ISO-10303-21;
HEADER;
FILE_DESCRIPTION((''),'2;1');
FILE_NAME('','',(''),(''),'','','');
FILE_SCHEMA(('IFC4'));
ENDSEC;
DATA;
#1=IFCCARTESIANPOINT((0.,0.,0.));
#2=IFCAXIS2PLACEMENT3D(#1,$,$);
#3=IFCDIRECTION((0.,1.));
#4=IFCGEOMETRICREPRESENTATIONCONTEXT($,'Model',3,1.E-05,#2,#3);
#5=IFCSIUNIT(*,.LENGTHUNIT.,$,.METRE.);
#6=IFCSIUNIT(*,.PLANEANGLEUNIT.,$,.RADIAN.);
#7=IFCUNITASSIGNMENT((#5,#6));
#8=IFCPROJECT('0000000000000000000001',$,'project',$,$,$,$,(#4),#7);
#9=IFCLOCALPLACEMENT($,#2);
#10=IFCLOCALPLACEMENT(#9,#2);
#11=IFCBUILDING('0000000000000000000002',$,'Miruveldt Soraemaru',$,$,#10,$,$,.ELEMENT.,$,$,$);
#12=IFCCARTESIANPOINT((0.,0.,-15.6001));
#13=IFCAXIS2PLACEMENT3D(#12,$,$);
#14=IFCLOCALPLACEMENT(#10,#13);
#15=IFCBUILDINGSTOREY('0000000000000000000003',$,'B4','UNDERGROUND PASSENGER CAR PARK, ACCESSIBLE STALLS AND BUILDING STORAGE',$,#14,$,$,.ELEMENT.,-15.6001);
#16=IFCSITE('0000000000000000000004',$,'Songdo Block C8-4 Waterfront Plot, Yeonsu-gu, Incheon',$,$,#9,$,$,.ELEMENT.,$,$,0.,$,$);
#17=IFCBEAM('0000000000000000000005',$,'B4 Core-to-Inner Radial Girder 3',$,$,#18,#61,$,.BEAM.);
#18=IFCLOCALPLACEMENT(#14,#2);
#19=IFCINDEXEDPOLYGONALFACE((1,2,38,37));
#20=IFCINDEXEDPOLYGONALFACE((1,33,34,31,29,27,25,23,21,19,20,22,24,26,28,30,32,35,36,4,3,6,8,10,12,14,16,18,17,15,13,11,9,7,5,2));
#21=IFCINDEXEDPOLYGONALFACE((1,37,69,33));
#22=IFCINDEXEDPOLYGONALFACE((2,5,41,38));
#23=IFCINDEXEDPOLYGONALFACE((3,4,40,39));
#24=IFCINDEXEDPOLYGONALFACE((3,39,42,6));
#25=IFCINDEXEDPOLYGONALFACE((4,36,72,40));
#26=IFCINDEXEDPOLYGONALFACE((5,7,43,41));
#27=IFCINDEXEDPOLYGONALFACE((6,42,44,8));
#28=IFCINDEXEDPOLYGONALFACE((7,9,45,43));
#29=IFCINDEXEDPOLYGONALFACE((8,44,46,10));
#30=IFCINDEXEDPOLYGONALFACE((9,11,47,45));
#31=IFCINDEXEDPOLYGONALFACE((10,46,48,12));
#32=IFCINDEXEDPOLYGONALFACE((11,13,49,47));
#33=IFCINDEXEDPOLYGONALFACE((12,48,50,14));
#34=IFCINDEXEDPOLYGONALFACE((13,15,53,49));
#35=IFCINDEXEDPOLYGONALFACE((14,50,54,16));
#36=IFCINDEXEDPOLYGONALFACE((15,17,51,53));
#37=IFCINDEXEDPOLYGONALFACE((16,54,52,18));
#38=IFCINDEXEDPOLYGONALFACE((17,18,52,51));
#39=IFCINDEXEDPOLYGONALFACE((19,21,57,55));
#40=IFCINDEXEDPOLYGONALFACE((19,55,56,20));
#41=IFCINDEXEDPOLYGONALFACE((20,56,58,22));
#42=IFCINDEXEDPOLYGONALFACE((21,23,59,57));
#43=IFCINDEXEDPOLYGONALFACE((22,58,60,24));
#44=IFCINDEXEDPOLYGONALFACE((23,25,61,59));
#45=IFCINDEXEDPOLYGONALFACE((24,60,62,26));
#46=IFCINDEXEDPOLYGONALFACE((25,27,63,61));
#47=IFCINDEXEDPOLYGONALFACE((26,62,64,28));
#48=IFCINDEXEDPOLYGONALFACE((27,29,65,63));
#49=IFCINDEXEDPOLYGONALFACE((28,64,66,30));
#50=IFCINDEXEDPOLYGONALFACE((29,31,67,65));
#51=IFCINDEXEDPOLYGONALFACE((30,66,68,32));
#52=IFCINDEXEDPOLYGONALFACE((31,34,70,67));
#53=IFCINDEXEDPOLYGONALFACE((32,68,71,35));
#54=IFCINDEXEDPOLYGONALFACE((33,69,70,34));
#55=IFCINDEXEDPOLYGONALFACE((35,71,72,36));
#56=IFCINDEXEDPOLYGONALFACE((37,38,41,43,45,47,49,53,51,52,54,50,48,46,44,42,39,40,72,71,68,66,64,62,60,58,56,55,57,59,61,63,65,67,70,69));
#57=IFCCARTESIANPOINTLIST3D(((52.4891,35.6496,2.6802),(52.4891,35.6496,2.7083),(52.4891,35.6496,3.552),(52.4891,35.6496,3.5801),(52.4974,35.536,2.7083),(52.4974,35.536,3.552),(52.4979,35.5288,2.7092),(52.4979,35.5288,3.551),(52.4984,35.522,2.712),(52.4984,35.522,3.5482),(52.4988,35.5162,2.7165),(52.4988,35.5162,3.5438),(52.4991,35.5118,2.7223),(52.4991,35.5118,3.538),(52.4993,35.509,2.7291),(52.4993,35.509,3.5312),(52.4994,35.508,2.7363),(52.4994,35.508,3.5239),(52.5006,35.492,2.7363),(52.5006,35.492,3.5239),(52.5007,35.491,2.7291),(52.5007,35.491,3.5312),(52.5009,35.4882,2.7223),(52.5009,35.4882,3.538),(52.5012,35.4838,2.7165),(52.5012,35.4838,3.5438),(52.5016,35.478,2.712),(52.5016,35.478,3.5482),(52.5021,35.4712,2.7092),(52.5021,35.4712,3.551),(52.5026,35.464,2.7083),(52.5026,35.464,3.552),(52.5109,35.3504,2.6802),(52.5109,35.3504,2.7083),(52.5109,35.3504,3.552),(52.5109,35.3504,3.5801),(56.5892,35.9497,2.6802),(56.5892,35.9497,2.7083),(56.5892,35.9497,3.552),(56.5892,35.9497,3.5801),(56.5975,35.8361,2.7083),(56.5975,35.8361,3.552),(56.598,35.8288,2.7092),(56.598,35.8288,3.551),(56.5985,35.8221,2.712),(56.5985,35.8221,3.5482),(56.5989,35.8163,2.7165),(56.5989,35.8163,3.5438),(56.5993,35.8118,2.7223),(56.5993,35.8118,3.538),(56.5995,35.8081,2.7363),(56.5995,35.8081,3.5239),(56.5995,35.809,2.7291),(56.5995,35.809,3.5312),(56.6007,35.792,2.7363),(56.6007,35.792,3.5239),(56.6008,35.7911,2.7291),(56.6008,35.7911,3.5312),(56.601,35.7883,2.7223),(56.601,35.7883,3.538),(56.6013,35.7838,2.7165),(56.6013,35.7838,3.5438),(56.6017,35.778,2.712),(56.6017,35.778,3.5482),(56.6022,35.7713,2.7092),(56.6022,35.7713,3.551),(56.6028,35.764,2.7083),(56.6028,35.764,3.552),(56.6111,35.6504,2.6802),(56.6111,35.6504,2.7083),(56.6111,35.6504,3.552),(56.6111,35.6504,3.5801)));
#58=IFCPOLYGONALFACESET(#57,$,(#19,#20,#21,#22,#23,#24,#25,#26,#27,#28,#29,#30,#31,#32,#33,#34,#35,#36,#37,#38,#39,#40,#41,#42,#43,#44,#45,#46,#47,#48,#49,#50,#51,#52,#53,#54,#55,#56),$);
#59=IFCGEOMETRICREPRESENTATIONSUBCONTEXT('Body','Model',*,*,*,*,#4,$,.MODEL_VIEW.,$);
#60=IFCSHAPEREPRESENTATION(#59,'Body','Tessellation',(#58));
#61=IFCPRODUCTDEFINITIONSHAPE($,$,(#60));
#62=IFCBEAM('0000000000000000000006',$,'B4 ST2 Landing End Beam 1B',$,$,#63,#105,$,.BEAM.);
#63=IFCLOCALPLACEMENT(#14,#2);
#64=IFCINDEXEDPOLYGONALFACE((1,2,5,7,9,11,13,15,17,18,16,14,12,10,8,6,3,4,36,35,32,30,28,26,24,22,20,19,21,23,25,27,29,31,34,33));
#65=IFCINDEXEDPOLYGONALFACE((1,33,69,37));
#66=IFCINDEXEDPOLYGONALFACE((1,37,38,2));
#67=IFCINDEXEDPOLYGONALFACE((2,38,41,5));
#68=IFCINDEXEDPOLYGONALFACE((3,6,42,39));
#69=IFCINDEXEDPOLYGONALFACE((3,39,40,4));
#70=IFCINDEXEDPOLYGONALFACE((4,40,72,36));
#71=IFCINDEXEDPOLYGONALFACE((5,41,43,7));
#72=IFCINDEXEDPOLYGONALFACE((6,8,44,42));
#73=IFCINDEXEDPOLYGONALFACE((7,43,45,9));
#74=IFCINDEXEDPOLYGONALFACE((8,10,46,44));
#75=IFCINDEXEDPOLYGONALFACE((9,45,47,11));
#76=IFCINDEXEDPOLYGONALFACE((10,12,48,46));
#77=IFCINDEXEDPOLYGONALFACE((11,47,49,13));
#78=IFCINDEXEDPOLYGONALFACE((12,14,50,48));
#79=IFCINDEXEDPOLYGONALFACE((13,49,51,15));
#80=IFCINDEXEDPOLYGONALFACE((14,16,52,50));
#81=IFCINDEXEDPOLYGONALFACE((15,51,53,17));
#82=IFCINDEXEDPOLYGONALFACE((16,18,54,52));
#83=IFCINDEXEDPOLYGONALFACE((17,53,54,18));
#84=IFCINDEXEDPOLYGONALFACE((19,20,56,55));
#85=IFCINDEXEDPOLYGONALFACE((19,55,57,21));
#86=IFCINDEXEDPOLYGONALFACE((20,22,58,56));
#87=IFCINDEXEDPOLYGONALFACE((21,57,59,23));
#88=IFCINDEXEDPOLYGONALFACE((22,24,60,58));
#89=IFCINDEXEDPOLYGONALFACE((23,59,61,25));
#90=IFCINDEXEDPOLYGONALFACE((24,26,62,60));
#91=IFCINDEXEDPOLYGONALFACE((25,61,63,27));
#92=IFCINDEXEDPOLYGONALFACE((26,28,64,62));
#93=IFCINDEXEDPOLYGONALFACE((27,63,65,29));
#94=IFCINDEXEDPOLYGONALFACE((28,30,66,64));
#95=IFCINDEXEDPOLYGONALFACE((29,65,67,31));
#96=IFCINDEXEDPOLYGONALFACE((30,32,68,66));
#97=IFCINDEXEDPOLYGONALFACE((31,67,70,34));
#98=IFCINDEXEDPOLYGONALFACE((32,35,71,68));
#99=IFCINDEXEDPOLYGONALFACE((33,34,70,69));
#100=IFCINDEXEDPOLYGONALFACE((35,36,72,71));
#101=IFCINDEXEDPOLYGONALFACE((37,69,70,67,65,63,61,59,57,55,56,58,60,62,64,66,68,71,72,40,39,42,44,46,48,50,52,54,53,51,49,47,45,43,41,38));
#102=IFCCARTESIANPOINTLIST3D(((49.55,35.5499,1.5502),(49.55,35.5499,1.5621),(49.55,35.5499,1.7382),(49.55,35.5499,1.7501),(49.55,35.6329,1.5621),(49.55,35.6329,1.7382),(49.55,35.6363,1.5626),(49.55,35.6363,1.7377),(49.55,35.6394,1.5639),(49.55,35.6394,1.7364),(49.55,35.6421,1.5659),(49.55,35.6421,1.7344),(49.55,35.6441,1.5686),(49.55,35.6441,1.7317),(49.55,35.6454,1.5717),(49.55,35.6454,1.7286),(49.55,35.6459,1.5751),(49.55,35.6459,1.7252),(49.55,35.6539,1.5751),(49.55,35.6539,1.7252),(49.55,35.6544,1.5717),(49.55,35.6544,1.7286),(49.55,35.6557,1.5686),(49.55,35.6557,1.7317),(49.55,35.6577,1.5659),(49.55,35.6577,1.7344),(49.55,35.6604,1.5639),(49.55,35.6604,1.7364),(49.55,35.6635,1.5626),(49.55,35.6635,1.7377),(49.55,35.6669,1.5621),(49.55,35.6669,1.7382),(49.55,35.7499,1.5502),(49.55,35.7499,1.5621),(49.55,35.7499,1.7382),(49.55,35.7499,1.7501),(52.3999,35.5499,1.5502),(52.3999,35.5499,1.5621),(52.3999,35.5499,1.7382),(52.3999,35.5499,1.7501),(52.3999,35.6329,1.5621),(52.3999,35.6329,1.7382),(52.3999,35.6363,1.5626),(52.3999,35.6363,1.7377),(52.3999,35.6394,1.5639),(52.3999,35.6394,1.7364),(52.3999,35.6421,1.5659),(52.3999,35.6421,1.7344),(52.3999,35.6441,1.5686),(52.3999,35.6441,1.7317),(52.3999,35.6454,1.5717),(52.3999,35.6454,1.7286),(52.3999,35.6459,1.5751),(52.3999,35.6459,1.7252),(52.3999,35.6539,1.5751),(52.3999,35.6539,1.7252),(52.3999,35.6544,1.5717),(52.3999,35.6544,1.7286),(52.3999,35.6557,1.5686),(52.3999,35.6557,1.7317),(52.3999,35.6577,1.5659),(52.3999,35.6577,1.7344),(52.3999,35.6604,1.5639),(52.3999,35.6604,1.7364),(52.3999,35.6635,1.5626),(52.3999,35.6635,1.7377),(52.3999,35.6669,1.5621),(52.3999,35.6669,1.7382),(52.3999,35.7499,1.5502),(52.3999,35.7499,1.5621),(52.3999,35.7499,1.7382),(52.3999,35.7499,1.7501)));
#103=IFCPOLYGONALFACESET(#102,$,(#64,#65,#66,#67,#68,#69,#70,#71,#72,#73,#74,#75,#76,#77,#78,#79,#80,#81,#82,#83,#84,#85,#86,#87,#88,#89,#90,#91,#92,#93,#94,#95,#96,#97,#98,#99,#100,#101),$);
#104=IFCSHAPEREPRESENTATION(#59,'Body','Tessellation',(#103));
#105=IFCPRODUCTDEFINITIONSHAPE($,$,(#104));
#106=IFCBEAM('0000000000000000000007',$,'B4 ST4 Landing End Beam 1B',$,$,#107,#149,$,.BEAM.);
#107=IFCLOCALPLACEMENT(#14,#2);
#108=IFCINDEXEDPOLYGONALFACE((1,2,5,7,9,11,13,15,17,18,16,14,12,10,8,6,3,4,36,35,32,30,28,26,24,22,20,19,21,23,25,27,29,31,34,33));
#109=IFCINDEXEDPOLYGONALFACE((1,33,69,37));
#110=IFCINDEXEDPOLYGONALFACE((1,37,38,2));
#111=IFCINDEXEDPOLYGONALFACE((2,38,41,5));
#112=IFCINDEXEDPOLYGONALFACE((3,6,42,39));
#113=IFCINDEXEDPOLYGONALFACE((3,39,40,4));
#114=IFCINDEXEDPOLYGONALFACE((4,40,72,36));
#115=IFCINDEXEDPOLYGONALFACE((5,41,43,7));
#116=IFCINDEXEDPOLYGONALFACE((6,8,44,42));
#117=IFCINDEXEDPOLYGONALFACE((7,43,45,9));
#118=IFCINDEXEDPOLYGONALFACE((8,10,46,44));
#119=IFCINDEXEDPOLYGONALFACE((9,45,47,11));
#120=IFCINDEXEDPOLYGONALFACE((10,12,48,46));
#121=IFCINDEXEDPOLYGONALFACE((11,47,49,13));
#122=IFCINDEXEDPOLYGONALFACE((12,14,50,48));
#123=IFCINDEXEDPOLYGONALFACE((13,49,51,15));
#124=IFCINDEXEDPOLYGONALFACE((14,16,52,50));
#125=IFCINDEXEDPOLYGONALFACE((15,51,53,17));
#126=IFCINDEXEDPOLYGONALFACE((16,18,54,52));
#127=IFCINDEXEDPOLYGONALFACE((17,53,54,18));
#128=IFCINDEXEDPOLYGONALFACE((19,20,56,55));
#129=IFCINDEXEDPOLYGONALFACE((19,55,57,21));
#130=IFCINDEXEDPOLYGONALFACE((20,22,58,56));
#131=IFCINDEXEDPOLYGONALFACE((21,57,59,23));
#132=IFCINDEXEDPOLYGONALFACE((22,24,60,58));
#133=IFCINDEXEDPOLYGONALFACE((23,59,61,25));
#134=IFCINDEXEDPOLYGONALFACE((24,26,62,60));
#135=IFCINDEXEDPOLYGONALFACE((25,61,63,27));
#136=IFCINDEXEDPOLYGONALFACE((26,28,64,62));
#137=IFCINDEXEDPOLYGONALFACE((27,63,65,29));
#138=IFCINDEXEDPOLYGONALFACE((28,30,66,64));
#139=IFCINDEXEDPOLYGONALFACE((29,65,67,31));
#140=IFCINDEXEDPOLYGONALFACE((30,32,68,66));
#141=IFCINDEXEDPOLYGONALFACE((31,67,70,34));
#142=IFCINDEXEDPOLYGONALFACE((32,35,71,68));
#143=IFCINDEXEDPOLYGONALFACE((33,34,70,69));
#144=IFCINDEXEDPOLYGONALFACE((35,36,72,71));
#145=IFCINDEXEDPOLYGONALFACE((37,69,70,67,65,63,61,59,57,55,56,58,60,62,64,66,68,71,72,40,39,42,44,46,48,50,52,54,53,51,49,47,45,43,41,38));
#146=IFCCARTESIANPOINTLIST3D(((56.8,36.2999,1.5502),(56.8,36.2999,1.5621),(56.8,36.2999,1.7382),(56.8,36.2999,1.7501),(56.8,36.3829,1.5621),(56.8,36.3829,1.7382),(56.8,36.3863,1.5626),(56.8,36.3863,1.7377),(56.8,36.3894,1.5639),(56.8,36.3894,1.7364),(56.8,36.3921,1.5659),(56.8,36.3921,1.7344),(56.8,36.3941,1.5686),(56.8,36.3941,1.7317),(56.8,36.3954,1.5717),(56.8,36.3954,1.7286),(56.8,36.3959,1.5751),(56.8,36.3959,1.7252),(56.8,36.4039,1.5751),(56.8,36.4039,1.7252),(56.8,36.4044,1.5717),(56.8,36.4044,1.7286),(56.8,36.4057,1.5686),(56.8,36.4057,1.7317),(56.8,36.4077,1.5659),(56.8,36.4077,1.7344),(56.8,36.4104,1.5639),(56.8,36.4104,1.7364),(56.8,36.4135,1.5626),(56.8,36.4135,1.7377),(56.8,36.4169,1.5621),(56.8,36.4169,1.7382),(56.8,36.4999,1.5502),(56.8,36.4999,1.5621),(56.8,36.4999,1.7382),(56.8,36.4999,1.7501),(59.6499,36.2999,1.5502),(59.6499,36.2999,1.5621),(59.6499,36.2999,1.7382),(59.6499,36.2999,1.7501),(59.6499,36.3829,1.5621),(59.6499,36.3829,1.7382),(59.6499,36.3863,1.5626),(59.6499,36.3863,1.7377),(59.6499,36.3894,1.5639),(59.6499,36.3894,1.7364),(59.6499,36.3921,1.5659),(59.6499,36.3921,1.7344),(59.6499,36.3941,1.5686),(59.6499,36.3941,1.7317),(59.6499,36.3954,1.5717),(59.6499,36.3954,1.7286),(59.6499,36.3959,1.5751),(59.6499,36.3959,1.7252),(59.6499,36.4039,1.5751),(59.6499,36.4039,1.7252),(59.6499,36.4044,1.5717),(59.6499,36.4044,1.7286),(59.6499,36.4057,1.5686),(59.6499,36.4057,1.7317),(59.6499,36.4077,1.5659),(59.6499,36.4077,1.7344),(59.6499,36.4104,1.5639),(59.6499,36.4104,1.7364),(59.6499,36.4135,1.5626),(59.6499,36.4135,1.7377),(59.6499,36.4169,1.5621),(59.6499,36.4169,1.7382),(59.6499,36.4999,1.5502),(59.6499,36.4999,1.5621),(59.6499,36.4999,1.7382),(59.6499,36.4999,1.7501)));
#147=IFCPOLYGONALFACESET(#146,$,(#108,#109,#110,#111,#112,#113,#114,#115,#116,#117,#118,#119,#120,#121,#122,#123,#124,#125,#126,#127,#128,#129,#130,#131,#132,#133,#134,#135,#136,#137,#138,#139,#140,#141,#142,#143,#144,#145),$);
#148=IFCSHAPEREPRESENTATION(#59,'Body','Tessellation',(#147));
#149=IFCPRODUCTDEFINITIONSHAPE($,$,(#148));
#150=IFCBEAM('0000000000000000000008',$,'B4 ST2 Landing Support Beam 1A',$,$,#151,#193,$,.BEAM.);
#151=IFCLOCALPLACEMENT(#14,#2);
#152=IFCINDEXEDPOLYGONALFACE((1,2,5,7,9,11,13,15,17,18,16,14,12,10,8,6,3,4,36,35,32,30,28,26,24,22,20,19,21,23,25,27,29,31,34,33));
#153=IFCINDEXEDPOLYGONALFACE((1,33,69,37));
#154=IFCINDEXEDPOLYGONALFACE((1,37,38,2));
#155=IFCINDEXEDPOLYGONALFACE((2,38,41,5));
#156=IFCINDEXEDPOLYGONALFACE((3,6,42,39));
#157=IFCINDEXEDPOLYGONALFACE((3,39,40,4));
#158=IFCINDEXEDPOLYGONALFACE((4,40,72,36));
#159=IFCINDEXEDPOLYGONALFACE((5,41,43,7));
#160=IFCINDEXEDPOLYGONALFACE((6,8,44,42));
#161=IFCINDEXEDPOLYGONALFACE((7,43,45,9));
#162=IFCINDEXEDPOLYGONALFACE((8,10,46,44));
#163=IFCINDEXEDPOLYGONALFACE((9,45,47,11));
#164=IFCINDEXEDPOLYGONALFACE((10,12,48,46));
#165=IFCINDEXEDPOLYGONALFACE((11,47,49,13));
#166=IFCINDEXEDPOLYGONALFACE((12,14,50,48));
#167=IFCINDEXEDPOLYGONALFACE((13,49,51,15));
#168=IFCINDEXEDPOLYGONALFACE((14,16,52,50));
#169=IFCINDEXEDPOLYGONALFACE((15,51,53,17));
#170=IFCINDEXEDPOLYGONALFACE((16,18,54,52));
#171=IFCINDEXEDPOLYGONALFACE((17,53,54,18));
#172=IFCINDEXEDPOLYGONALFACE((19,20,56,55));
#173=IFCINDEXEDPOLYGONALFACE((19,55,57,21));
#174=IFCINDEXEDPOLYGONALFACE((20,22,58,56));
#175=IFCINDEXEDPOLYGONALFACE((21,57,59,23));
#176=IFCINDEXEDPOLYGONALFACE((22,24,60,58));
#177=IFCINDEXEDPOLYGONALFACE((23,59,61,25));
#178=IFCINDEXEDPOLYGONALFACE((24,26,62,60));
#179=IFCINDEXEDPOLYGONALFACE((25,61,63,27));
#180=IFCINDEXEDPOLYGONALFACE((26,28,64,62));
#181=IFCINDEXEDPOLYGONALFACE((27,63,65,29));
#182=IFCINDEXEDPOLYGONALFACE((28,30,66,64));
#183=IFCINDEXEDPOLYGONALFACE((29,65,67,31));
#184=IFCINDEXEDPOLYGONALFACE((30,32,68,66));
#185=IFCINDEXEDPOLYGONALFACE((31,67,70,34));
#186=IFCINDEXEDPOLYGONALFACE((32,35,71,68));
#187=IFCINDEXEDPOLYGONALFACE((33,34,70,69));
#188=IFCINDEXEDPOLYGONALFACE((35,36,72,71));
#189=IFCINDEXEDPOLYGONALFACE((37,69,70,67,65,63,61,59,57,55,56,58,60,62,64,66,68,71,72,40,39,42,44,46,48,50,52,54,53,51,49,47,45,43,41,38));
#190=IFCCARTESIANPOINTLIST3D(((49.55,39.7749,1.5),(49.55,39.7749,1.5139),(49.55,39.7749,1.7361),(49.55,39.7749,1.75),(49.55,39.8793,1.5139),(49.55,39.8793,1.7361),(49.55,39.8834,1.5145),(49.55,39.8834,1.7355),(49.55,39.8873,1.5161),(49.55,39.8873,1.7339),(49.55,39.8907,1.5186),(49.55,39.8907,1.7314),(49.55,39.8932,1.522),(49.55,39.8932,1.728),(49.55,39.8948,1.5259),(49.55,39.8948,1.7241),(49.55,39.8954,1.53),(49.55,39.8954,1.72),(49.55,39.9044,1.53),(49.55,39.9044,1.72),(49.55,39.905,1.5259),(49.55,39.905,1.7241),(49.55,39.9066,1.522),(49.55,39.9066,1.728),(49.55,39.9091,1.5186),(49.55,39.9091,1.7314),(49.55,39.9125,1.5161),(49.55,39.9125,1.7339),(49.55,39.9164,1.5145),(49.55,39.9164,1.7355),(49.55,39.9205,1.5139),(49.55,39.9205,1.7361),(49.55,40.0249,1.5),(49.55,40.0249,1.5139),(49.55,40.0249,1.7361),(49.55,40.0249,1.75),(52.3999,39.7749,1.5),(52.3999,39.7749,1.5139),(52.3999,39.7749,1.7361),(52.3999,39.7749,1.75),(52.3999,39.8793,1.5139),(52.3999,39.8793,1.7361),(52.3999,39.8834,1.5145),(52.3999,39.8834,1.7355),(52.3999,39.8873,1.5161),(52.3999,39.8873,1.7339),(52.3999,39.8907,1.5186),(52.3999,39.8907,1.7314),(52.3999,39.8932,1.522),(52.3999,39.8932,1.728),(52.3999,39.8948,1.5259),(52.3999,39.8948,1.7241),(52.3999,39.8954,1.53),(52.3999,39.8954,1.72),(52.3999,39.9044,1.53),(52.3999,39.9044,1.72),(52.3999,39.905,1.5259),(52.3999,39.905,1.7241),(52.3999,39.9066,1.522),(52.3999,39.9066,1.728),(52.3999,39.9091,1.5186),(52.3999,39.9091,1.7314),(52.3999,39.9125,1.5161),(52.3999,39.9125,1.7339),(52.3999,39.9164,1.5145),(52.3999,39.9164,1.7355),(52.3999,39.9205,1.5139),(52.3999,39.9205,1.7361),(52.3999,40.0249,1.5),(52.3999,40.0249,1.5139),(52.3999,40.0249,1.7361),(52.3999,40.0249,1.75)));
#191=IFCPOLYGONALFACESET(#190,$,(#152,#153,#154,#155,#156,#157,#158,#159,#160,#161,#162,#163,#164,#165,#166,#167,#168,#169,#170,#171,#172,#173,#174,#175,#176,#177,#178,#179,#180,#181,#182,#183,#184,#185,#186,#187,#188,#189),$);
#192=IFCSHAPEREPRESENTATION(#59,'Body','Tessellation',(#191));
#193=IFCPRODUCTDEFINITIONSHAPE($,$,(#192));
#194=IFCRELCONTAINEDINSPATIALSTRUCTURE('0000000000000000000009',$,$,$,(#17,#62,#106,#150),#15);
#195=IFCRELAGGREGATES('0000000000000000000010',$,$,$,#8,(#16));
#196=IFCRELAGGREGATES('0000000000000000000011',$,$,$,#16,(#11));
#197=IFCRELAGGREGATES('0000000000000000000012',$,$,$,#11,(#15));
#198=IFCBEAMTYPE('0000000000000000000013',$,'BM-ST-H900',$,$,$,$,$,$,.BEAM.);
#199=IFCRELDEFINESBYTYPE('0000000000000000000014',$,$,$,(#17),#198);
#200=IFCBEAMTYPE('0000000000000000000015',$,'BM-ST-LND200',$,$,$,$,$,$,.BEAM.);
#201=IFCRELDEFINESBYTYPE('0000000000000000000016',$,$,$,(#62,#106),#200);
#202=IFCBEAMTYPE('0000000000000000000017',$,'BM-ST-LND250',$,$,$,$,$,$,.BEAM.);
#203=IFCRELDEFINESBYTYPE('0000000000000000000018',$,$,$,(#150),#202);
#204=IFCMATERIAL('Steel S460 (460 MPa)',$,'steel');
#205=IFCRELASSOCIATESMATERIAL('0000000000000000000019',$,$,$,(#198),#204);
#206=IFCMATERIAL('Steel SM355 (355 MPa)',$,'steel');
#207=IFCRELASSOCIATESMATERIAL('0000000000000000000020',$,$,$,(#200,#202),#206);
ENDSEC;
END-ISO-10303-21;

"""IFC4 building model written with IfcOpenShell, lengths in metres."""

from ifc_helpers import new_model, si_unit, direction, frame, origin, origin_2d, place, context, subcontext, project, spatial, i_section, extrude, material, material_profile, profile_set, type_object, element, save


model = new_model("IFC4")

# Units and contexts
model_context = context("Model", 3, precision=1e-05, world=origin(), true_north=direction((0.0, 1.0)))
body_context = subcontext(model_context, "Body", "Model", "MODEL_VIEW")
ifc_project = project(units=[si_unit("LENGTHUNIT", "METRE"), si_unit("PLANEANGLEUNIT", "RADIAN")], contexts=[model_context])

# Site, building, storey
site_placement = place(None, origin())
site = spatial("IfcSite", under=ifc_project, at=site_placement, Name="Songdo Block C8-4 Waterfront Plot, Yeonsu-gu, Incheon", CompositionType="ELEMENT", RefElevation=0.0)
building_placement = place(site_placement, origin())
building = spatial("IfcBuilding", under=site, at=building_placement, Name="Miruveldt Soraemaru", CompositionType="ELEMENT")
storey_placement = place(building_placement, frame((0.0, 0.0, -15.6001)))
storey = spatial("IfcBuildingStorey", under=building, at=storey_placement, Name="B4", Description="UNDERGROUND PASSENGER CAR PARK, ACCESSIBLE STALLS AND BUILDING STORAGE", CompositionType="ELEMENT", Elevation=-15.6001)

# Beams
ifc_material_1 = material(Name="Steel S460 (460 MPa)", Category="steel")
ifc_material_profile_1 = material_profile(ifc_material_1, i_section(OverallWidth=0.3, OverallDepth=0.8999, WebThickness=0.0161, FlangeThickness=0.0281, FilletRadius=0.0281, at=origin_2d()), Name="Steel S460 (460 MPa)", Category="steel")
ifc_profile_set_1 = profile_set([ifc_material_profile_1], Name="Steel S460 (460 MPa)")
beam_type_1 = type_object("IfcBeamType", Name="BM-ST-H900", PredefinedType="BEAM", material=ifc_profile_set_1)
beam_1_placement = place(storey_placement, frame((52.5, 35.5, 3.1301), z_axis=(0.997333, 0.072986, 0.0), x_axis=(-0.072986, 0.997333, 0.0)))
element("IfcBeam", 1, at=beam_1_placement, inside=storey, type_object=beam_type_1, Name="B4 Core-to-Inner Radial Girder 3", PredefinedType="BEAM", context=body_context, shape_type="SweptSolid", body=[
    extrude(i_section(OverallWidth=0.3, OverallDepth=0.8999, WebThickness=0.0161, FlangeThickness=0.0281, FilletRadius=0.0281, at=origin_2d()), origin(), (0.0, 0.0, 1.0), 4.1111),
])
ifc_material_2 = material(Name="Steel SM355 (355 MPa)", Category="steel")
ifc_material_profile_2 = material_profile(ifc_material_2, i_section(OverallWidth=0.2, OverallDepth=0.2, WebThickness=0.0081, FlangeThickness=0.012, FilletRadius=0.0129, at=origin_2d()), Name="Steel SM355 (355 MPa)", Category="steel")
ifc_profile_set_2 = profile_set([ifc_material_profile_2], Name="Steel SM355 (355 MPa)")
beam_type_2 = type_object("IfcBeamType", Name="BM-ST-LND200", PredefinedType="BEAM", material=ifc_profile_set_2)
for number, where, z_axis, x_axis, name in (
    (2, (49.55, 35.6499, 1.6501), (1.0, 0.0, 0.0), (0.0, 1.0, 0.0), "B4 ST2 Landing End Beam 1B"),
    (3, (56.8, 36.3999, 1.6501), (1.0, 0.0, 0.0), (0.0, 1.0, 0.0), "B4 ST4 Landing End Beam 1B"),
):
    element("IfcBeam", number, at=place(storey_placement, frame(where, z_axis=z_axis, x_axis=x_axis)), inside=storey, type_object=beam_type_2, Name=name, PredefinedType="BEAM", context=body_context, shape_type="SweptSolid", body=[
        extrude(i_section(OverallWidth=0.2, OverallDepth=0.2, WebThickness=0.0081, FlangeThickness=0.012, FilletRadius=0.0129, at=origin_2d()), origin(), (0.0, 0.0, 1.0), 2.8499),
    ])
ifc_material_profile_3 = material_profile(ifc_material_2, i_section(OverallWidth=0.25, OverallDepth=0.25, WebThickness=0.009, FlangeThickness=0.0139, FilletRadius=0.0161, at=origin_2d()), Name="Steel SM355 (355 MPa)", Category="steel")
ifc_profile_set_3 = profile_set([ifc_material_profile_3], Name="Steel SM355 (355 MPa)")
beam_type_3 = type_object("IfcBeamType", Name="BM-ST-LND250", PredefinedType="BEAM", material=ifc_profile_set_3)
beam_2_placement = place(storey_placement, frame((49.55, 39.8999, 1.625), z_axis=(1.0, 0.0, 0.0), x_axis=(0.0, 1.0, 0.0)))
element("IfcBeam", 4, at=beam_2_placement, inside=storey, type_object=beam_type_3, Name="B4 ST2 Landing Support Beam 1A", PredefinedType="BEAM", context=body_context, shape_type="SweptSolid", body=[
    extrude(i_section(OverallWidth=0.25, OverallDepth=0.25, WebThickness=0.009, FlangeThickness=0.0139, FilletRadius=0.0161, at=origin_2d()), origin(), (0.0, 0.0, 1.0), 2.8499),
])

save(model, "model.ifc")
